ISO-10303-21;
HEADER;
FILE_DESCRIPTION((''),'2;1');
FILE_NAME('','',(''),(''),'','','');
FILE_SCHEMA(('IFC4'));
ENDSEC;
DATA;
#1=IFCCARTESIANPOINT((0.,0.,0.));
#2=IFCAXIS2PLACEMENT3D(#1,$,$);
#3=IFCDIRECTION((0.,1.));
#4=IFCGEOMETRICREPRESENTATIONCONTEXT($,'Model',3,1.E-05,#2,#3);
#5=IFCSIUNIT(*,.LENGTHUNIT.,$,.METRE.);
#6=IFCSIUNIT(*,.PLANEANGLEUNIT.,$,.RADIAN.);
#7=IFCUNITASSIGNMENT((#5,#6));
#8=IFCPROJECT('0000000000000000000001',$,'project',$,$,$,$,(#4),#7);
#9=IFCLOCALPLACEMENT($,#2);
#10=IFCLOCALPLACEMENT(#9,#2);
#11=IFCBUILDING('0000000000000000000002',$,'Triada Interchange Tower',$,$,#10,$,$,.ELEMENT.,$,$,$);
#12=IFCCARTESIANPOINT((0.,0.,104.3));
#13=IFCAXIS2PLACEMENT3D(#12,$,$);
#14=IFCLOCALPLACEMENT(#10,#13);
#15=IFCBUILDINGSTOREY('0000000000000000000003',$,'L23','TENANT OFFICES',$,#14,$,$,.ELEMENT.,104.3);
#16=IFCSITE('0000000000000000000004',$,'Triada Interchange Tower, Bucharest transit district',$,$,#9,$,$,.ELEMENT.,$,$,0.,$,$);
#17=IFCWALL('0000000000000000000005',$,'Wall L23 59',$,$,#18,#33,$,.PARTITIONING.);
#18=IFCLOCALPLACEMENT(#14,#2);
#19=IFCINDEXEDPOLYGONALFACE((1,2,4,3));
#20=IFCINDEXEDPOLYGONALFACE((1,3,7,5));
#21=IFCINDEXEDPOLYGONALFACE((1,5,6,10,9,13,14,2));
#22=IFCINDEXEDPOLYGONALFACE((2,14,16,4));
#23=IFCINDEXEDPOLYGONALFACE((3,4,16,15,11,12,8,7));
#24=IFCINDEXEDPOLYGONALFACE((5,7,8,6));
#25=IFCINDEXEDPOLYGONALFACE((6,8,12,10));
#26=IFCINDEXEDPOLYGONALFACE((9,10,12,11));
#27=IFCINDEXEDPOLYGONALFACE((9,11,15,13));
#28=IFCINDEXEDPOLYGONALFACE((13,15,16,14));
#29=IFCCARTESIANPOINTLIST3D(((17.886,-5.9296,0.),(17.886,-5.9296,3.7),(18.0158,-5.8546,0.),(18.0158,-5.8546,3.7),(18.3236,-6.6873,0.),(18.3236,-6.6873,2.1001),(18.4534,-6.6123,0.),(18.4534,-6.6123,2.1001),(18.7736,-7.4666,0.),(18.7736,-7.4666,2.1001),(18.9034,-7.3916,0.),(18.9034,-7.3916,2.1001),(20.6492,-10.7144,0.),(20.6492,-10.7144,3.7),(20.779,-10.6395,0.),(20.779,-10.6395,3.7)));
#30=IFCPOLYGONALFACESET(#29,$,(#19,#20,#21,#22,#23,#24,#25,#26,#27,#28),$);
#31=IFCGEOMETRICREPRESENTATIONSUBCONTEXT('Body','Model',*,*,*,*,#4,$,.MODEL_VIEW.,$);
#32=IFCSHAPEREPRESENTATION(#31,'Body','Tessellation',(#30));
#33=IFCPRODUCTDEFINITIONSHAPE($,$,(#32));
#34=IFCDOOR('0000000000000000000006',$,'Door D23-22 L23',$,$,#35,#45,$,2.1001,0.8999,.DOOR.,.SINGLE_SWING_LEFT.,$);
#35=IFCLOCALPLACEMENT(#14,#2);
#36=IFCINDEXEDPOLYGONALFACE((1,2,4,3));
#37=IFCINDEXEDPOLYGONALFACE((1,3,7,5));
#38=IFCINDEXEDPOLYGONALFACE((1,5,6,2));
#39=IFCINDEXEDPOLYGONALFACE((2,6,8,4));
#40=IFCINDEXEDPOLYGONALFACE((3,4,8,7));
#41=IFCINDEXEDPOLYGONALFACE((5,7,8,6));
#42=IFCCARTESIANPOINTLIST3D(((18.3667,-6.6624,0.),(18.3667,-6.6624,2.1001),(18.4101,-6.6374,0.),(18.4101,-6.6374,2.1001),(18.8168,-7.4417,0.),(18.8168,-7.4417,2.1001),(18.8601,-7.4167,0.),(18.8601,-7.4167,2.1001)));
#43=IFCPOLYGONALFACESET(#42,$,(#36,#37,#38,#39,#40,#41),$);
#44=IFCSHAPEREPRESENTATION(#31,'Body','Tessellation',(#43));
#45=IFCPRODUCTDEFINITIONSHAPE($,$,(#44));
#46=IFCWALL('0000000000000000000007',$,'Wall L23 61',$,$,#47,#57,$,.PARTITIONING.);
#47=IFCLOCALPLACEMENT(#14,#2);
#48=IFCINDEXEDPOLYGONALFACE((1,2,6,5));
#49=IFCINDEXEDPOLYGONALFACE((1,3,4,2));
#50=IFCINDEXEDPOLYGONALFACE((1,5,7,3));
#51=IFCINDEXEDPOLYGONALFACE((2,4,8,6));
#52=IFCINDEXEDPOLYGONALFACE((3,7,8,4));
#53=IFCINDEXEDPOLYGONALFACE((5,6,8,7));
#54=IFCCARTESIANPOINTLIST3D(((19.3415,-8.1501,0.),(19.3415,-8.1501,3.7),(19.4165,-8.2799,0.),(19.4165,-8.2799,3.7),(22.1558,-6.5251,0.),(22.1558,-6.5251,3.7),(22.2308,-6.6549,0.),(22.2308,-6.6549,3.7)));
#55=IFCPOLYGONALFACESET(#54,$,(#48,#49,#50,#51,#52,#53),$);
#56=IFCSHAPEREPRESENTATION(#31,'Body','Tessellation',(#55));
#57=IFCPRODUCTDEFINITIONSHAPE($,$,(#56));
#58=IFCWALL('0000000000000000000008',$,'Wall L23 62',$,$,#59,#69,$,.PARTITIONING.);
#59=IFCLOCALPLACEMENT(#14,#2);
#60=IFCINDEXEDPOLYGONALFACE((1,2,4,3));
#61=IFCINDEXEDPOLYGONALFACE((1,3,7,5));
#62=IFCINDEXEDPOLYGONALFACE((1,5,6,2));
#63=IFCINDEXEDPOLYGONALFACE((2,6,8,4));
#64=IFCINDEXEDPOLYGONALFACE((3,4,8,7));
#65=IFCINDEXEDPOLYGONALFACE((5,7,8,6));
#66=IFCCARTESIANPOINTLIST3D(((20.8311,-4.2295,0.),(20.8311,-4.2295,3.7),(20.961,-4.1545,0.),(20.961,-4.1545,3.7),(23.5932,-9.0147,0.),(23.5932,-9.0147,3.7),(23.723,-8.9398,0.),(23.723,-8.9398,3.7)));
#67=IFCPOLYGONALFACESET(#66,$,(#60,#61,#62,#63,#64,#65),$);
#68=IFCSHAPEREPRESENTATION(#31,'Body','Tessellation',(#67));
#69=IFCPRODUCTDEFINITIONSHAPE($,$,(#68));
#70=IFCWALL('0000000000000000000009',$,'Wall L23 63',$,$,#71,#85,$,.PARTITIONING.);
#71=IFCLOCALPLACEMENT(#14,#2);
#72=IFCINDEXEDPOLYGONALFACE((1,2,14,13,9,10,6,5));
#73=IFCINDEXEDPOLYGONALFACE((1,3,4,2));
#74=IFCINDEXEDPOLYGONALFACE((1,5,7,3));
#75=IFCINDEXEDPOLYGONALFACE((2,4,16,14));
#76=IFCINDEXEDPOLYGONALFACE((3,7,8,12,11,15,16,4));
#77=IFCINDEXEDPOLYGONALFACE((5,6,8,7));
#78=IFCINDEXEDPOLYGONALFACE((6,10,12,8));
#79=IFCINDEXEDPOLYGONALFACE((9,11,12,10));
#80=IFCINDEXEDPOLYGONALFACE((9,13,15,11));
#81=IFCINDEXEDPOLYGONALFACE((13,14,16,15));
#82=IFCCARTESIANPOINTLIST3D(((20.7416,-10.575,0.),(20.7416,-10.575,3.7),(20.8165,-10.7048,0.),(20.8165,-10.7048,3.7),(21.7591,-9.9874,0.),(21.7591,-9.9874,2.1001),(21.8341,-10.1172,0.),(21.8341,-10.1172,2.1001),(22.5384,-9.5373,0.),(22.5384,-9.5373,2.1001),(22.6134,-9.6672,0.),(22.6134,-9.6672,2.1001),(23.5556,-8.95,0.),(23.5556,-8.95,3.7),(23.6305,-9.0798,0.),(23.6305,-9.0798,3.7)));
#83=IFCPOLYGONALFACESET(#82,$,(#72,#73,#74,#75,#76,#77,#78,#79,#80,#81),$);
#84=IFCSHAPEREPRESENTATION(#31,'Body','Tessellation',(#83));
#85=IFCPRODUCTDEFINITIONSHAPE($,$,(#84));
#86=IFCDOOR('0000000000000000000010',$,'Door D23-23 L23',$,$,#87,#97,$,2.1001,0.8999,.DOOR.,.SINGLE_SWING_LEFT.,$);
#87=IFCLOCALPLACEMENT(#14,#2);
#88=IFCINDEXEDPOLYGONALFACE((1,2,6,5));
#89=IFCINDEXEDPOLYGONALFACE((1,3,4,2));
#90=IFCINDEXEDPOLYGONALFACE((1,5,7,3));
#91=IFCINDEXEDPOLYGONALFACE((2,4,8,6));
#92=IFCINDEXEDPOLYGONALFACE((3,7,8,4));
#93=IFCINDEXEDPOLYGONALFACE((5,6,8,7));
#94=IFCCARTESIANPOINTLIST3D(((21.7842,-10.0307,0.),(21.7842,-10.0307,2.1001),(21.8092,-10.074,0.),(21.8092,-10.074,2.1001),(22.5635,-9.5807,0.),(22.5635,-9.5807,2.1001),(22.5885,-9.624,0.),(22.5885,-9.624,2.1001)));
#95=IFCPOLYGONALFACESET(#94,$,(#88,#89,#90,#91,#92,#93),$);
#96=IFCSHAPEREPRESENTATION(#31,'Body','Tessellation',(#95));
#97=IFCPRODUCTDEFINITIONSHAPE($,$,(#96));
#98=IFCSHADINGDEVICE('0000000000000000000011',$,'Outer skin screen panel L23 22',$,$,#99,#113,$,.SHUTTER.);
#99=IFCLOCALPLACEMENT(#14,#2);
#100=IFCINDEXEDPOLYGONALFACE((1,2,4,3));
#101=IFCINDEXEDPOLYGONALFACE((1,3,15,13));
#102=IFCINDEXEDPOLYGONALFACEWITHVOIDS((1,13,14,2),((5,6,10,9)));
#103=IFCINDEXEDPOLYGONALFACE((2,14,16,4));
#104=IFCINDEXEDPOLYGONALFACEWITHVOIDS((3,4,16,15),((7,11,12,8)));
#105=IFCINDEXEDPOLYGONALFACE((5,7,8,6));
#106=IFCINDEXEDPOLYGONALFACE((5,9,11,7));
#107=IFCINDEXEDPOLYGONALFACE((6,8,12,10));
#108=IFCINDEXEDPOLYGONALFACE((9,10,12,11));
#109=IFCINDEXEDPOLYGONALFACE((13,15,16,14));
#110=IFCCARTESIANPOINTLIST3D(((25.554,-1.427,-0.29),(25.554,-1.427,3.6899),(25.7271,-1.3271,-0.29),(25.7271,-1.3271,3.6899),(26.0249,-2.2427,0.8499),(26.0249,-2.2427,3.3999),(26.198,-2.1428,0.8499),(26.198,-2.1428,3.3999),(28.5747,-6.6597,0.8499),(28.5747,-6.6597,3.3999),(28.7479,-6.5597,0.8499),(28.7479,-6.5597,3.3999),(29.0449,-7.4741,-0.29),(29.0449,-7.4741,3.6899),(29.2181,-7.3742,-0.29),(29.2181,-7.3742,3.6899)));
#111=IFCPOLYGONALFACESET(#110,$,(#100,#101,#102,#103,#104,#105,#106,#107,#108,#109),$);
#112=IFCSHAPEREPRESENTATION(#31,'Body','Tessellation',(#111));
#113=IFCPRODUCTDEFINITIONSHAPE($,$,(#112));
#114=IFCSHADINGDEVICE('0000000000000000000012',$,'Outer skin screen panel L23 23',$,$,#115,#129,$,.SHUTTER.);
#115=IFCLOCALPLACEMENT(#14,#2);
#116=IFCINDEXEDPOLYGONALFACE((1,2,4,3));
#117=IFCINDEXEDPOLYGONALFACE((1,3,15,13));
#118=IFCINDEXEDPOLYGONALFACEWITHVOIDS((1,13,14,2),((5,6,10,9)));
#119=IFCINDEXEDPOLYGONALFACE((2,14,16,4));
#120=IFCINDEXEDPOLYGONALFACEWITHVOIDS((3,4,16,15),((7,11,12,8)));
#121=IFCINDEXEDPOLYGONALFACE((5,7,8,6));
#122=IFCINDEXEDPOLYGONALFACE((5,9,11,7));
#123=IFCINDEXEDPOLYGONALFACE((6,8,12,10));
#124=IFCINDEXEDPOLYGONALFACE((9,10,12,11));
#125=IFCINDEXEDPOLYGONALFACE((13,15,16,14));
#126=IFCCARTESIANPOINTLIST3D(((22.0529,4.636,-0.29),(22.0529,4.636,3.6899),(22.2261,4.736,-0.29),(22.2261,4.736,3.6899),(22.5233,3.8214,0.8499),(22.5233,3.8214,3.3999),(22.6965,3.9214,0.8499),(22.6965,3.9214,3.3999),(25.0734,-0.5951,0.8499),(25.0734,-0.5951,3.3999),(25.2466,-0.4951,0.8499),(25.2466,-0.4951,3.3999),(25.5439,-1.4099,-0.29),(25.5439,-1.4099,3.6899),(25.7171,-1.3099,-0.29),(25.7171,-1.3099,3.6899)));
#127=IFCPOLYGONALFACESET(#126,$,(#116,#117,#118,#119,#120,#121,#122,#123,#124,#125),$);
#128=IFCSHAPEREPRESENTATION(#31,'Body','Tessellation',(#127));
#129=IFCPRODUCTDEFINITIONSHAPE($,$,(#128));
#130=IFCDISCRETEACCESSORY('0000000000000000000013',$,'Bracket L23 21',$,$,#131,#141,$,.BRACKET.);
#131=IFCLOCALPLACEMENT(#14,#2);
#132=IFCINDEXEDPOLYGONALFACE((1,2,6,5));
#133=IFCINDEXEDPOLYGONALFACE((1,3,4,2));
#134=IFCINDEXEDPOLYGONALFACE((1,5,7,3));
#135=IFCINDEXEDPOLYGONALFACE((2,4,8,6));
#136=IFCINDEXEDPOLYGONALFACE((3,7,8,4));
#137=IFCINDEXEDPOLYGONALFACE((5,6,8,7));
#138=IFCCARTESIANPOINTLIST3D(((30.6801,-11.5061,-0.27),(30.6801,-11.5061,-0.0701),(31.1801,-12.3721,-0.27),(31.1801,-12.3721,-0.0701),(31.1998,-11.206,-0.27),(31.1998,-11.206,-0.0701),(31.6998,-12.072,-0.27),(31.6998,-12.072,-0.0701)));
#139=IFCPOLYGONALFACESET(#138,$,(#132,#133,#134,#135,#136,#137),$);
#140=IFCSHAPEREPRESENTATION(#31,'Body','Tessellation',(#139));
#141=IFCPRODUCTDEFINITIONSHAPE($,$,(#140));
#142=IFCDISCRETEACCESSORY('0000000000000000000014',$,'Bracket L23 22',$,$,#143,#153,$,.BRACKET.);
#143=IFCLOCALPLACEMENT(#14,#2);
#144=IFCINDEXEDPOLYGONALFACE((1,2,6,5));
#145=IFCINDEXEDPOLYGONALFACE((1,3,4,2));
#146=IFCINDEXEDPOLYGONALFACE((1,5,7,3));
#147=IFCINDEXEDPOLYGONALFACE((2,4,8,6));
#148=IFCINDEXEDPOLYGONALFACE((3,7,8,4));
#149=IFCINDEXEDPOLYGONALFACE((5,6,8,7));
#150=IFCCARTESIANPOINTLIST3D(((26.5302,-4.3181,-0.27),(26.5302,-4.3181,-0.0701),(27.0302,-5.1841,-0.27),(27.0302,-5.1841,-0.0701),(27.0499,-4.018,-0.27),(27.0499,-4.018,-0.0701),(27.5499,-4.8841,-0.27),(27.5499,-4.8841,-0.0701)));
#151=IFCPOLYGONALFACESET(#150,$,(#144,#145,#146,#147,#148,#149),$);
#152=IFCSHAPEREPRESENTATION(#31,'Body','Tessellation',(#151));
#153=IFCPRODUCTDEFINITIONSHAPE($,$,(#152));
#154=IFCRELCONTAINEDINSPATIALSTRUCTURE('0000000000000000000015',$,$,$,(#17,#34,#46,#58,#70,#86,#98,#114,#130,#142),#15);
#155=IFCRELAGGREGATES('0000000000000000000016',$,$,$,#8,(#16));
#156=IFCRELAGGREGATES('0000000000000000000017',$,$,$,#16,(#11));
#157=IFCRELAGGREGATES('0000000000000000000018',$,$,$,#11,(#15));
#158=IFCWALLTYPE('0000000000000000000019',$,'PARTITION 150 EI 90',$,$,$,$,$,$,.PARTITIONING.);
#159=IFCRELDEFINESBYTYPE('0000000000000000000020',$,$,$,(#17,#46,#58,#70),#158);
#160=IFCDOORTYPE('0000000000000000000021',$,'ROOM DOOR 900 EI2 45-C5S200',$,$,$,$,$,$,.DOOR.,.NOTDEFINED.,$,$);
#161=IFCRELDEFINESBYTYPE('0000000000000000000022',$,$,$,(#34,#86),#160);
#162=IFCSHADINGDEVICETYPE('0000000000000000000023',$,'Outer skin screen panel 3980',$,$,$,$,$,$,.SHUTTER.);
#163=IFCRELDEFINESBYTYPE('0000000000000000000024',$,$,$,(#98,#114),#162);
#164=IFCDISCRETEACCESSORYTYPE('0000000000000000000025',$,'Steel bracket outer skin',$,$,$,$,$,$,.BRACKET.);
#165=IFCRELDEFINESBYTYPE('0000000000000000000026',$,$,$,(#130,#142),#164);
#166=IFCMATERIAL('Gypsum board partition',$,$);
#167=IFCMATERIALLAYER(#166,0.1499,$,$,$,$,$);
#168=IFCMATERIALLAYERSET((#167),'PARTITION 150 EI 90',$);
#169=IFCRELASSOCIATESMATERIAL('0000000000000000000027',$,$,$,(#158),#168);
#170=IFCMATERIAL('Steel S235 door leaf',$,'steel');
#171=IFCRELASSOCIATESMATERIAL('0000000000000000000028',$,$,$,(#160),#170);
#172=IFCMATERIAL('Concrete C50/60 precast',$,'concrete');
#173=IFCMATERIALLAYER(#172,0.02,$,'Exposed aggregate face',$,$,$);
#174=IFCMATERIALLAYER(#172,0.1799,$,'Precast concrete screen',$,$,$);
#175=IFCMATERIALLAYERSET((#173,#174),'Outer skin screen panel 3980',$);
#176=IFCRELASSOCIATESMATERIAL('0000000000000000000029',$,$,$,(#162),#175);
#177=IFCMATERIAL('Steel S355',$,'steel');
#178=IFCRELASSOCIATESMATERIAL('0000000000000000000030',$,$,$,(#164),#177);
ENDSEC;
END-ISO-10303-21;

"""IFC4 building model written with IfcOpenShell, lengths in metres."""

from ifc_helpers import new_model, si_unit, direction, frame, frame_2d, origin, origin_2d, place, context, subcontext, project, spatial, polyline, rectangle, outline, extrude, material, layer, layer_set, type_object, element, fill, save


model = new_model("IFC4")

# Units and contexts
model_context = context("Model", 3, precision=1e-05, world=origin(), true_north=direction((0.0, 1.0)))
body_context = subcontext(model_context, "Body", "Model", "MODEL_VIEW")
ifc_project = project(units=[si_unit("LENGTHUNIT", "METRE"), si_unit("PLANEANGLEUNIT", "RADIAN")], contexts=[model_context])

# Site, building, storey
site_placement = place(None, origin())
site = spatial("IfcSite", under=ifc_project, at=site_placement, Name="Triada Interchange Tower, Bucharest transit district", CompositionType="ELEMENT", RefElevation=0.0)
building_placement = place(site_placement, origin())
building = spatial("IfcBuilding", under=site, at=building_placement, Name="Triada Interchange Tower", CompositionType="ELEMENT")
storey_placement = place(building_placement, frame((0.0, 0.0, 104.3)))
storey = spatial("IfcBuildingStorey", under=building, at=storey_placement, Name="L23", Description="TENANT OFFICES", CompositionType="ELEMENT", Elevation=104.3)

# Shared definitions
ifc_material_1 = material(Name="Gypsum board partition")

# Wall, opening, door
ifc_layer_1 = layer(ifc_material_1, 0.1499)
ifc_layer_set_1 = layer_set([ifc_layer_1], Name="PARTITION 150 EI 90")
wall_type_1 = type_object("IfcWallType", Name="PARTITION 150 EI 90", PredefinedType="PARTITIONING", material=ifc_layer_set_1)
wall_1_placement = place(storey_placement, frame((17.9509, -5.8921, 0.0), z_axis=(0.0, 0.0, 1.0), x_axis=(0.500083, -0.865977, 0.0)))
wall_1 = element("IfcWall", 1, at=wall_1_placement, inside=storey, type_object=wall_type_1, Name="Wall L23 59", PredefinedType="PARTITIONING", context=body_context, shape_type="SweptSolid", body=[
    extrude(rectangle(XDim=5.5254, YDim=0.1499, at=frame_2d((2.7627, 0.0))), origin(), (0.0, 0.0, 1.0), 3.7),
])
opening_1_placement = place(wall_1_placement, frame((0.875, 0.0, 0.0)))
opening_1 = element("IfcOpeningElement", 2, at=opening_1_placement, cuts=wall_1, PredefinedType="OPENING", context=body_context, shape_type="SweptSolid", body=[
    extrude(rectangle(XDim=0.8999, YDim=2.1001, at=frame_2d((0.45, 1.05))), frame((0.0, 0.085, 0.0), z_axis=(0.0, -1.0, 0.0), x_axis=(1.0, 0.0, 0.0)), (0.0, 0.0, 1.0), 0.1699),
])
ifc_material_2 = material(Name="Steel S235 door leaf", Category="steel")
door_type = type_object("IfcDoorType", Name="ROOM DOOR 900 EI2 45-C5S200", OperationType="NOTDEFINED", PredefinedType="DOOR", material=ifc_material_2)
door_1_placement = place(opening_1_placement, origin())
door_1 = element("IfcDoor", 3, at=door_1_placement, inside=storey, type_object=door_type, Name="Door D23-22 L23", OperationType="SINGLE_SWING_LEFT", OverallHeight=2.1001, OverallWidth=0.8999, PredefinedType="DOOR", context=body_context, shape_type="SweptSolid", body=[
    extrude(rectangle(XDim=0.8999, YDim=2.1001, at=frame_2d((0.45, 1.05))), frame((0.0, 0.0249, 0.0), z_axis=(0.0, -1.0, 0.0), x_axis=(1.0, 0.0, 0.0)), (0.0, 0.0, 1.0), 0.05),
])
fill(opening_1, door_1)

# Walls
wall_2_placement = place(storey_placement, frame((19.3789, -8.2151, 0.0), z_axis=(0.0, 0.0, 1.0), x_axis=(0.865997, 0.50005, 0.0)))
element("IfcWall", 4, at=wall_2_placement, inside=storey, type_object=wall_type_1, Name="Wall L23 61", PredefinedType="PARTITIONING", context=body_context, shape_type="SweptSolid", body=[
    extrude(rectangle(XDim=3.2498, YDim=0.1499, at=frame_2d((1.625, 0.0))), origin(), (0.0, 0.0, 1.0), 3.7),
])
wall_3_placement = place(storey_placement, frame((20.896, -4.1919, 0.0), z_axis=(0.0, 0.0, 1.0), x_axis=(0.499898, -0.866084, 0.0)))
element("IfcWall", 5, at=wall_3_placement, inside=storey, type_object=wall_type_1, Name="Wall L23 62", PredefinedType="PARTITIONING", context=body_context, shape_type="SweptSolid", body=[
    extrude(rectangle(XDim=5.5251, YDim=0.1499, at=frame_2d((2.7627, 0.0))), origin(), (0.0, 0.0, 1.0), 3.7),
])

# Wall, opening, door
wall_4_placement = place(storey_placement, frame((20.7791, -10.6399, 0.0), z_axis=(0.0, 0.0, 1.0), x_axis=(0.865978, 0.500082, 0.0)))
wall_4 = element("IfcWall", 6, at=wall_4_placement, inside=storey, type_object=wall_type_1, Name="Wall L23 63", PredefinedType="PARTITIONING", context=body_context, shape_type="SweptSolid", body=[
    extrude(rectangle(XDim=3.2495, YDim=0.1499, at=frame_2d((1.6248, 0.0))), origin(), (0.0, 0.0, 1.0), 3.7),
])
opening_2_placement = place(wall_4_placement, frame((1.175, 0.0, 0.0)))
opening_2 = element("IfcOpeningElement", 7, at=opening_2_placement, cuts=wall_4, PredefinedType="OPENING", context=body_context, shape_type="SweptSolid", body=[
    extrude(rectangle(XDim=0.8999, YDim=2.1001, at=frame_2d((0.45, 1.05))), frame((0.0, 0.085, 0.0), z_axis=(0.0, -1.0, 0.0), x_axis=(1.0, 0.0, 0.0)), (0.0, 0.0, 1.0), 0.1699),
])
door_2_placement = place(opening_2_placement, origin())
door_2 = element("IfcDoor", 8, at=door_2_placement, inside=storey, type_object=door_type, Name="Door D23-23 L23", OperationType="SINGLE_SWING_LEFT", OverallHeight=2.1001, OverallWidth=0.8999, PredefinedType="DOOR", context=body_context, shape_type="SweptSolid", body=[
    extrude(rectangle(XDim=0.8999, YDim=2.1001, at=frame_2d((0.45, 1.05))), frame((0.0, 0.0249, 0.0), z_axis=(0.0, -1.0, 0.0), x_axis=(1.0, 0.0, 0.0)), (0.0, 0.0, 1.0), 0.05),
])
fill(opening_2, door_2)

# Shading devices
ifc_material_3 = material(Name="Concrete C50/60 precast", Category="concrete")
ifc_layer_2 = layer(ifc_material_3, 0.02, Name="Exposed aggregate face")
ifc_layer_3 = layer(ifc_material_3, 0.1799, Name="Precast concrete screen")
ifc_layer_set_2 = layer_set([ifc_layer_2, ifc_layer_3], Name="Outer skin screen panel 3980")
shading_device_type = type_object("IfcShadingDeviceType", Name="Outer skin screen panel 3980", PredefinedType="SHUTTER", material=ifc_layer_set_2)
shading_device_1_placement = place(storey_placement, frame((29.0449, -7.4741, -0.29), z_axis=(0.0, 0.0, 1.0), x_axis=(-0.499964, 0.866046, 0.0)))
element("IfcShadingDevice", 9, at=shading_device_1_placement, inside=storey, type_object=shading_device_type, Name="Outer skin screen panel L23 22", PredefinedType="SHUTTER", context=body_context, shape_type="SweptSolid", body=[
    extrude(outline(polyline([(0.0, 0.0), (6.9824, 0.0), (6.9824, 3.98), (0.0, 3.98), (0.0, 0.0)]), holes=[polyline([(0.9404, 1.1399), (0.9404, 3.6899), (6.0405, 3.6899), (6.0405, 1.1399), (0.9404, 1.1399)])]), frame((0.0, 0.0, 0.0), z_axis=(0.0, -1.0, 0.0), x_axis=(1.0, 0.0, 0.0)), (0.0, 0.0, 1.0), 0.2),
])
shading_device_2_placement = place(storey_placement, frame((25.5439, -1.4099, -0.29), z_axis=(0.0, 0.0, 1.0), x_axis=(-0.500039, 0.866003, 0.0)))
element("IfcShadingDevice", 10, at=shading_device_2_placement, inside=storey, type_object=shading_device_type, Name="Outer skin screen panel L23 23", PredefinedType="SHUTTER", context=body_context, shape_type="SweptSolid", body=[
    extrude(outline(polyline([(0.0, 0.0), (6.9814, 0.0), (6.9814, 3.98), (0.0, 3.98), (0.0, 0.0)]), holes=[polyline([(0.9409, 1.1399), (0.9409, 3.6899), (6.0408, 3.6899), (6.0408, 1.1399), (0.9409, 1.1399)])]), frame((0.0, 0.0, 0.0), z_axis=(0.0, -1.0, 0.0), x_axis=(1.0, 0.0, 0.0)), (0.0, 0.0, 1.0), 0.2),
])

# Discrete accessories
ifc_material_4 = material(Name="Steel S355", Category="steel")
discrete_accessory_type = type_object("IfcDiscreteAccessoryType", Name="Steel bracket outer skin", PredefinedType="BRACKET", material=ifc_material_4)
for number, where, z_axis, x_axis, name in (
    (11, (31.1899, -11.7891, -0.27), (0.0, 0.0, 1.0), (0.866022, 0.500006, 0.0), "Bracket L23 21"),
    (12, (27.04, -4.6011, -0.27), (0.0, 0.0, 1.0), (0.866022, 0.500006, 0.0), "Bracket L23 22"),
):
    element("IfcDiscreteAccessory", number, at=place(storey_placement, frame(where, z_axis=z_axis, x_axis=x_axis)), inside=storey, type_object=discrete_accessory_type, Name=name, PredefinedType="BRACKET", context=body_context, shape_type="SweptSolid", body=[
        extrude(rectangle(XDim=0.6001, YDim=1.0, at=origin_2d()), origin(), (0.0, 0.0, 1.0), 0.2),
    ])

save(model, "model.ifc")
